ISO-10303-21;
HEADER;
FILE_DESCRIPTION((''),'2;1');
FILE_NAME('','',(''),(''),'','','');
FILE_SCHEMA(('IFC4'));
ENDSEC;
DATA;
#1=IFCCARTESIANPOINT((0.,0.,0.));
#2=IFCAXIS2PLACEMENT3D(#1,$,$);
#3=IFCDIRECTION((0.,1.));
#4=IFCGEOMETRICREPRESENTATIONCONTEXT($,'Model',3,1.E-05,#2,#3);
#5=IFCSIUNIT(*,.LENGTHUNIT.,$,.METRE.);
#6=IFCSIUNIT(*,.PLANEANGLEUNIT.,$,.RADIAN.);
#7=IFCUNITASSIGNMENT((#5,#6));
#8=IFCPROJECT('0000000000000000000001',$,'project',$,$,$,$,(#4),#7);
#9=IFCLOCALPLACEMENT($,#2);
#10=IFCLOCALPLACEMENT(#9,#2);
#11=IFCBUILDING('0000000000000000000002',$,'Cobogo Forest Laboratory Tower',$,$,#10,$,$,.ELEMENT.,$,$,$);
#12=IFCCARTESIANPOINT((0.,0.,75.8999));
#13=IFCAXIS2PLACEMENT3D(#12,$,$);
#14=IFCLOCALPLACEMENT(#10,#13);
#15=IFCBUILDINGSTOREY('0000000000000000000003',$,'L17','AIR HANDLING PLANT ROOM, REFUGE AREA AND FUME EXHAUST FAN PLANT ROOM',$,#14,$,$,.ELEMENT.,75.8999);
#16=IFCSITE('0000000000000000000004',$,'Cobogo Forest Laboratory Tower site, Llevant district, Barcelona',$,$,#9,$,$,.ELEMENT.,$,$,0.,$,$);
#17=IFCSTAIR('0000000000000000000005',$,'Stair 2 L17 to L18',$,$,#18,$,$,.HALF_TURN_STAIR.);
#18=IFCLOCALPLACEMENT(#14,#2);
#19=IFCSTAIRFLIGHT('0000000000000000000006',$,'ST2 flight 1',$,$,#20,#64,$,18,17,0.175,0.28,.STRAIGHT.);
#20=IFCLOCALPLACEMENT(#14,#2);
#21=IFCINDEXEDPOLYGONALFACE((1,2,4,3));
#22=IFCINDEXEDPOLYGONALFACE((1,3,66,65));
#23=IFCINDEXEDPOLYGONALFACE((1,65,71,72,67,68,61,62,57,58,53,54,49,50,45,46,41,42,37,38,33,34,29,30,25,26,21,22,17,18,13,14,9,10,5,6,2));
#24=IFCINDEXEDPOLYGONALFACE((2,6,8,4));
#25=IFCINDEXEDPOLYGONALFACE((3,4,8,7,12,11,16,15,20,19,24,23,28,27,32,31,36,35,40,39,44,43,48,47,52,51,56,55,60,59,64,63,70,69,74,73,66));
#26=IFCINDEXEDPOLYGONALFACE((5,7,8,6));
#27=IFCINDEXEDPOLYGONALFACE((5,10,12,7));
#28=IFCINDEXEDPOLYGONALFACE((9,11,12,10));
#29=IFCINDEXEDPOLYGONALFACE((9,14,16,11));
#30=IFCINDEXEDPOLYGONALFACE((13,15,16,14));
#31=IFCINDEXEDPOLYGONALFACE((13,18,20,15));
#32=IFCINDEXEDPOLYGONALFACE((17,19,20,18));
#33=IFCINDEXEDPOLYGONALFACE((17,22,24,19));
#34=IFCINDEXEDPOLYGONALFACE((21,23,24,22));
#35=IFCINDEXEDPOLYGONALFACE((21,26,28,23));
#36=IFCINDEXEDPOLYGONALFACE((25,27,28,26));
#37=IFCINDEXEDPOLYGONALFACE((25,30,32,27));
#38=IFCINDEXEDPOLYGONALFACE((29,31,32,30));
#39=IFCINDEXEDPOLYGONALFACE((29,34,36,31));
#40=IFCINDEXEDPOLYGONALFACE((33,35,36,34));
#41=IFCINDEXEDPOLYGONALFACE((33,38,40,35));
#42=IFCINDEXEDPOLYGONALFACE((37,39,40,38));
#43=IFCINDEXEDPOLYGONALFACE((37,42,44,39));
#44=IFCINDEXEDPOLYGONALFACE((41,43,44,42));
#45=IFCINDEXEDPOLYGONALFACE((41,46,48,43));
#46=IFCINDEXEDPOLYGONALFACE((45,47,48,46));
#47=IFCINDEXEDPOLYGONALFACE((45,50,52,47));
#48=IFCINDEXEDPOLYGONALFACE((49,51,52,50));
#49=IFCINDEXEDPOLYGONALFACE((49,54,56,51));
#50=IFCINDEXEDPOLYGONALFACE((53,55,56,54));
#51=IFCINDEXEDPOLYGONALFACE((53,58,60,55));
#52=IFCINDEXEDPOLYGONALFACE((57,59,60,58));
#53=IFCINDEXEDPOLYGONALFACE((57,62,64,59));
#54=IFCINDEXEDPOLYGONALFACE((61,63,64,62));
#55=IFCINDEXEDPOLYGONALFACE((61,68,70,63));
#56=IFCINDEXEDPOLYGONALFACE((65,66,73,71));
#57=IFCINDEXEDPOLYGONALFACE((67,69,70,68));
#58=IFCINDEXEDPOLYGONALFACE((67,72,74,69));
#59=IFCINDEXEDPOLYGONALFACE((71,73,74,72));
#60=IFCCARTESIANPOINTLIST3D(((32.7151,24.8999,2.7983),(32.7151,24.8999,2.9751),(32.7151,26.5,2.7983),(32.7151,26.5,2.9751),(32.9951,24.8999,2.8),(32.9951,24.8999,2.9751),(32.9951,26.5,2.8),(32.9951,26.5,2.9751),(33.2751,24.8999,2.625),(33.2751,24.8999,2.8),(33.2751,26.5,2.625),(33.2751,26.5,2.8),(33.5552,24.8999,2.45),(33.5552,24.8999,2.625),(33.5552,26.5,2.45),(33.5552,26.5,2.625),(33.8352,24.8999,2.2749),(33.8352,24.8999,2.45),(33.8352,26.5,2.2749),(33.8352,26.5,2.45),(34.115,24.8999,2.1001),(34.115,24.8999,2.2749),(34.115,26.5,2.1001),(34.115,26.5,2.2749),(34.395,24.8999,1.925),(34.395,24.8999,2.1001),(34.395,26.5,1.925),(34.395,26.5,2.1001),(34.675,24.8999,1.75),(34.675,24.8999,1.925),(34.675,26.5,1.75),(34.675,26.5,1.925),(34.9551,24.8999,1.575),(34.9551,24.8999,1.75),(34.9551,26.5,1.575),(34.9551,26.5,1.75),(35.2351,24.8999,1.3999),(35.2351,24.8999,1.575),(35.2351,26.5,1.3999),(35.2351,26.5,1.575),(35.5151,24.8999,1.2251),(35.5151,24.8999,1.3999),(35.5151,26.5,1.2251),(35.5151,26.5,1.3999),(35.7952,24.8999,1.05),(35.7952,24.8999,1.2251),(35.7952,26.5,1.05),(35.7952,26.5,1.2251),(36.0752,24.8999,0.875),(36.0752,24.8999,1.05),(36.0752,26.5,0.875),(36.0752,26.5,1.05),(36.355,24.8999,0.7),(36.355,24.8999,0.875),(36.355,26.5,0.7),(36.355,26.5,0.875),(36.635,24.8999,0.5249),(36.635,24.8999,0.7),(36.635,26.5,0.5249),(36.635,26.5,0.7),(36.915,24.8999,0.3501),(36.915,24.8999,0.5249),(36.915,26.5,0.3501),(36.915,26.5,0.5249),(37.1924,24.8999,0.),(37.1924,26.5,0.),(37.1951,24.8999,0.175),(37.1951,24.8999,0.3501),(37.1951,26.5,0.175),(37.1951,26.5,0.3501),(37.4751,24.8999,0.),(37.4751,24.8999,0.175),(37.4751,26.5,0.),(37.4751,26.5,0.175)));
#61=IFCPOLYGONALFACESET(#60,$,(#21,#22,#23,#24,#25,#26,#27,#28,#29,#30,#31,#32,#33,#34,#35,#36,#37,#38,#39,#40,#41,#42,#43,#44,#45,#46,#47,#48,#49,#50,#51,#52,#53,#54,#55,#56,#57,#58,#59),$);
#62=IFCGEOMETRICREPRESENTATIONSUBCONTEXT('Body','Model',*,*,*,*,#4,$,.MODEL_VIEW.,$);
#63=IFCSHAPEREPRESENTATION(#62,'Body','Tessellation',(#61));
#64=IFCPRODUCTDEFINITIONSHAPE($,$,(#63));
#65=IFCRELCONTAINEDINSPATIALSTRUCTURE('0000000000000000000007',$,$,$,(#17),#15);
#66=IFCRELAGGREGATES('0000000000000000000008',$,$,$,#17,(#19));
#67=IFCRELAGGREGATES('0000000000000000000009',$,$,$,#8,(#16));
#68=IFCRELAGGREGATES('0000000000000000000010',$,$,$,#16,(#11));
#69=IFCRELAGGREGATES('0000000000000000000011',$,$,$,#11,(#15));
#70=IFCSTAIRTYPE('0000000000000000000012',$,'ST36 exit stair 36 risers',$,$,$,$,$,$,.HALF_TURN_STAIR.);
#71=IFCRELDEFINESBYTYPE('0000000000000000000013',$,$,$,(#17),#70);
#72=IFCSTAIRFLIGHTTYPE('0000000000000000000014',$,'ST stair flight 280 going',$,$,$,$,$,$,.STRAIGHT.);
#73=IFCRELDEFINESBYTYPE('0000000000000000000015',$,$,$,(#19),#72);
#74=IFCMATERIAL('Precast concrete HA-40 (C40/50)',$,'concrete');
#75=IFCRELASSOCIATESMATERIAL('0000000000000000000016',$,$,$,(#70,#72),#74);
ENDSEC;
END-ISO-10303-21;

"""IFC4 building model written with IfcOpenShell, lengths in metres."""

from ifc_helpers import new_model, si_unit, direction, frame, origin, place, context, subcontext, project, spatial, polyline, outline, extrude, material, type_object, element, aggregate, save


model = new_model("IFC4")

# Units and contexts
model_context = context("Model", 3, precision=1e-05, world=origin(), true_north=direction((0.0, 1.0)))
body_context = subcontext(model_context, "Body", "Model", "MODEL_VIEW")
ifc_project = project(units=[si_unit("LENGTHUNIT", "METRE"), si_unit("PLANEANGLEUNIT", "RADIAN")], contexts=[model_context])

# Site, building, storey
site_placement = place(None, origin())
site = spatial("IfcSite", under=ifc_project, at=site_placement, Name="Cobogo Forest Laboratory Tower site, Llevant district, Barcelona", CompositionType="ELEMENT", RefElevation=0.0)
building_placement = place(site_placement, origin())
building = spatial("IfcBuilding", under=site, at=building_placement, Name="Cobogo Forest Laboratory Tower", CompositionType="ELEMENT")
storey_placement = place(building_placement, frame((0.0, 0.0, 75.8999)))
storey = spatial("IfcBuildingStorey", under=building, at=storey_placement, Name="L17", Description="AIR HANDLING PLANT ROOM, REFUGE AREA AND FUME EXHAUST FAN PLANT ROOM", CompositionType="ELEMENT", Elevation=75.8999)

# Stair, stair flight
ifc_material_1 = material(Name="Precast concrete HA-40 (C40/50)", Category="concrete")
stair_type = type_object("IfcStairType", Name="ST36 exit stair 36 risers", PredefinedType="HALF_TURN_STAIR", material=ifc_material_1)
stair_placement = place(storey_placement, origin())
stair = element("IfcStair", 1, at=stair_placement, inside=storey, type_object=stair_type, Name="Stair 2 L17 to L18", PredefinedType="HALF_TURN_STAIR")
stair_flight_type = type_object("IfcStairFlightType", Name="ST stair flight 280 going", PredefinedType="STRAIGHT", material=ifc_material_1)
stair_flight_placement = place(storey_placement, frame((37.4751, 25.7, 0.0), z_axis=(0.0, 0.0, 1.0), x_axis=(-1.0, 0.0, 0.0)))
stair_flight = element("IfcStairFlight", 2, at=stair_flight_placement, type_object=stair_flight_type, Name="ST2 flight 1", NumberOfRisers=18, NumberOfTreads=17, PredefinedType="STRAIGHT", RiserHeight=0.175, TreadLength=0.28, context=body_context, shape_type="SweptSolid", body=[
    extrude(outline(polyline([(0.0, 0.0), (0.0, 0.175), (0.28, 0.175), (0.28, 0.3501), (0.5601, 0.3501), (0.5601, 0.5249), (0.8401, 0.5249), (0.8401, 0.7), (1.1201, 0.7), (1.1201, 0.875), (1.3999, 0.875), (1.3999, 1.05), (1.6799, 1.05), (1.6799, 1.2251), (1.96, 1.2251), (1.96, 1.3999), (2.24, 1.3999), (2.24, 1.575), (2.52, 1.575), (2.52, 1.75), (2.8, 1.75), (2.8, 1.925), (3.0801, 1.925), (3.0801, 2.1001), (3.3601, 2.1001), (3.3601, 2.2749), (3.6399, 2.2749), (3.6399, 2.45), (3.9199, 2.45), (3.9199, 2.625), (4.2, 2.625), (4.2, 2.8), (4.48, 2.8), (4.48, 2.9751), (4.76, 2.9751), (4.76, 3.1499), (4.76, 2.7983), (0.2827, 0.0), (0.0, 0.0)])), frame((0.0, 0.8, 0.0), z_axis=(0.0, -1.0, 0.0), x_axis=(1.0, 0.0, 0.0)), (0.0, 0.0, 1.0), 1.6001),
])
aggregate(stair, [stair_flight])

save(model, "model.ifc")
